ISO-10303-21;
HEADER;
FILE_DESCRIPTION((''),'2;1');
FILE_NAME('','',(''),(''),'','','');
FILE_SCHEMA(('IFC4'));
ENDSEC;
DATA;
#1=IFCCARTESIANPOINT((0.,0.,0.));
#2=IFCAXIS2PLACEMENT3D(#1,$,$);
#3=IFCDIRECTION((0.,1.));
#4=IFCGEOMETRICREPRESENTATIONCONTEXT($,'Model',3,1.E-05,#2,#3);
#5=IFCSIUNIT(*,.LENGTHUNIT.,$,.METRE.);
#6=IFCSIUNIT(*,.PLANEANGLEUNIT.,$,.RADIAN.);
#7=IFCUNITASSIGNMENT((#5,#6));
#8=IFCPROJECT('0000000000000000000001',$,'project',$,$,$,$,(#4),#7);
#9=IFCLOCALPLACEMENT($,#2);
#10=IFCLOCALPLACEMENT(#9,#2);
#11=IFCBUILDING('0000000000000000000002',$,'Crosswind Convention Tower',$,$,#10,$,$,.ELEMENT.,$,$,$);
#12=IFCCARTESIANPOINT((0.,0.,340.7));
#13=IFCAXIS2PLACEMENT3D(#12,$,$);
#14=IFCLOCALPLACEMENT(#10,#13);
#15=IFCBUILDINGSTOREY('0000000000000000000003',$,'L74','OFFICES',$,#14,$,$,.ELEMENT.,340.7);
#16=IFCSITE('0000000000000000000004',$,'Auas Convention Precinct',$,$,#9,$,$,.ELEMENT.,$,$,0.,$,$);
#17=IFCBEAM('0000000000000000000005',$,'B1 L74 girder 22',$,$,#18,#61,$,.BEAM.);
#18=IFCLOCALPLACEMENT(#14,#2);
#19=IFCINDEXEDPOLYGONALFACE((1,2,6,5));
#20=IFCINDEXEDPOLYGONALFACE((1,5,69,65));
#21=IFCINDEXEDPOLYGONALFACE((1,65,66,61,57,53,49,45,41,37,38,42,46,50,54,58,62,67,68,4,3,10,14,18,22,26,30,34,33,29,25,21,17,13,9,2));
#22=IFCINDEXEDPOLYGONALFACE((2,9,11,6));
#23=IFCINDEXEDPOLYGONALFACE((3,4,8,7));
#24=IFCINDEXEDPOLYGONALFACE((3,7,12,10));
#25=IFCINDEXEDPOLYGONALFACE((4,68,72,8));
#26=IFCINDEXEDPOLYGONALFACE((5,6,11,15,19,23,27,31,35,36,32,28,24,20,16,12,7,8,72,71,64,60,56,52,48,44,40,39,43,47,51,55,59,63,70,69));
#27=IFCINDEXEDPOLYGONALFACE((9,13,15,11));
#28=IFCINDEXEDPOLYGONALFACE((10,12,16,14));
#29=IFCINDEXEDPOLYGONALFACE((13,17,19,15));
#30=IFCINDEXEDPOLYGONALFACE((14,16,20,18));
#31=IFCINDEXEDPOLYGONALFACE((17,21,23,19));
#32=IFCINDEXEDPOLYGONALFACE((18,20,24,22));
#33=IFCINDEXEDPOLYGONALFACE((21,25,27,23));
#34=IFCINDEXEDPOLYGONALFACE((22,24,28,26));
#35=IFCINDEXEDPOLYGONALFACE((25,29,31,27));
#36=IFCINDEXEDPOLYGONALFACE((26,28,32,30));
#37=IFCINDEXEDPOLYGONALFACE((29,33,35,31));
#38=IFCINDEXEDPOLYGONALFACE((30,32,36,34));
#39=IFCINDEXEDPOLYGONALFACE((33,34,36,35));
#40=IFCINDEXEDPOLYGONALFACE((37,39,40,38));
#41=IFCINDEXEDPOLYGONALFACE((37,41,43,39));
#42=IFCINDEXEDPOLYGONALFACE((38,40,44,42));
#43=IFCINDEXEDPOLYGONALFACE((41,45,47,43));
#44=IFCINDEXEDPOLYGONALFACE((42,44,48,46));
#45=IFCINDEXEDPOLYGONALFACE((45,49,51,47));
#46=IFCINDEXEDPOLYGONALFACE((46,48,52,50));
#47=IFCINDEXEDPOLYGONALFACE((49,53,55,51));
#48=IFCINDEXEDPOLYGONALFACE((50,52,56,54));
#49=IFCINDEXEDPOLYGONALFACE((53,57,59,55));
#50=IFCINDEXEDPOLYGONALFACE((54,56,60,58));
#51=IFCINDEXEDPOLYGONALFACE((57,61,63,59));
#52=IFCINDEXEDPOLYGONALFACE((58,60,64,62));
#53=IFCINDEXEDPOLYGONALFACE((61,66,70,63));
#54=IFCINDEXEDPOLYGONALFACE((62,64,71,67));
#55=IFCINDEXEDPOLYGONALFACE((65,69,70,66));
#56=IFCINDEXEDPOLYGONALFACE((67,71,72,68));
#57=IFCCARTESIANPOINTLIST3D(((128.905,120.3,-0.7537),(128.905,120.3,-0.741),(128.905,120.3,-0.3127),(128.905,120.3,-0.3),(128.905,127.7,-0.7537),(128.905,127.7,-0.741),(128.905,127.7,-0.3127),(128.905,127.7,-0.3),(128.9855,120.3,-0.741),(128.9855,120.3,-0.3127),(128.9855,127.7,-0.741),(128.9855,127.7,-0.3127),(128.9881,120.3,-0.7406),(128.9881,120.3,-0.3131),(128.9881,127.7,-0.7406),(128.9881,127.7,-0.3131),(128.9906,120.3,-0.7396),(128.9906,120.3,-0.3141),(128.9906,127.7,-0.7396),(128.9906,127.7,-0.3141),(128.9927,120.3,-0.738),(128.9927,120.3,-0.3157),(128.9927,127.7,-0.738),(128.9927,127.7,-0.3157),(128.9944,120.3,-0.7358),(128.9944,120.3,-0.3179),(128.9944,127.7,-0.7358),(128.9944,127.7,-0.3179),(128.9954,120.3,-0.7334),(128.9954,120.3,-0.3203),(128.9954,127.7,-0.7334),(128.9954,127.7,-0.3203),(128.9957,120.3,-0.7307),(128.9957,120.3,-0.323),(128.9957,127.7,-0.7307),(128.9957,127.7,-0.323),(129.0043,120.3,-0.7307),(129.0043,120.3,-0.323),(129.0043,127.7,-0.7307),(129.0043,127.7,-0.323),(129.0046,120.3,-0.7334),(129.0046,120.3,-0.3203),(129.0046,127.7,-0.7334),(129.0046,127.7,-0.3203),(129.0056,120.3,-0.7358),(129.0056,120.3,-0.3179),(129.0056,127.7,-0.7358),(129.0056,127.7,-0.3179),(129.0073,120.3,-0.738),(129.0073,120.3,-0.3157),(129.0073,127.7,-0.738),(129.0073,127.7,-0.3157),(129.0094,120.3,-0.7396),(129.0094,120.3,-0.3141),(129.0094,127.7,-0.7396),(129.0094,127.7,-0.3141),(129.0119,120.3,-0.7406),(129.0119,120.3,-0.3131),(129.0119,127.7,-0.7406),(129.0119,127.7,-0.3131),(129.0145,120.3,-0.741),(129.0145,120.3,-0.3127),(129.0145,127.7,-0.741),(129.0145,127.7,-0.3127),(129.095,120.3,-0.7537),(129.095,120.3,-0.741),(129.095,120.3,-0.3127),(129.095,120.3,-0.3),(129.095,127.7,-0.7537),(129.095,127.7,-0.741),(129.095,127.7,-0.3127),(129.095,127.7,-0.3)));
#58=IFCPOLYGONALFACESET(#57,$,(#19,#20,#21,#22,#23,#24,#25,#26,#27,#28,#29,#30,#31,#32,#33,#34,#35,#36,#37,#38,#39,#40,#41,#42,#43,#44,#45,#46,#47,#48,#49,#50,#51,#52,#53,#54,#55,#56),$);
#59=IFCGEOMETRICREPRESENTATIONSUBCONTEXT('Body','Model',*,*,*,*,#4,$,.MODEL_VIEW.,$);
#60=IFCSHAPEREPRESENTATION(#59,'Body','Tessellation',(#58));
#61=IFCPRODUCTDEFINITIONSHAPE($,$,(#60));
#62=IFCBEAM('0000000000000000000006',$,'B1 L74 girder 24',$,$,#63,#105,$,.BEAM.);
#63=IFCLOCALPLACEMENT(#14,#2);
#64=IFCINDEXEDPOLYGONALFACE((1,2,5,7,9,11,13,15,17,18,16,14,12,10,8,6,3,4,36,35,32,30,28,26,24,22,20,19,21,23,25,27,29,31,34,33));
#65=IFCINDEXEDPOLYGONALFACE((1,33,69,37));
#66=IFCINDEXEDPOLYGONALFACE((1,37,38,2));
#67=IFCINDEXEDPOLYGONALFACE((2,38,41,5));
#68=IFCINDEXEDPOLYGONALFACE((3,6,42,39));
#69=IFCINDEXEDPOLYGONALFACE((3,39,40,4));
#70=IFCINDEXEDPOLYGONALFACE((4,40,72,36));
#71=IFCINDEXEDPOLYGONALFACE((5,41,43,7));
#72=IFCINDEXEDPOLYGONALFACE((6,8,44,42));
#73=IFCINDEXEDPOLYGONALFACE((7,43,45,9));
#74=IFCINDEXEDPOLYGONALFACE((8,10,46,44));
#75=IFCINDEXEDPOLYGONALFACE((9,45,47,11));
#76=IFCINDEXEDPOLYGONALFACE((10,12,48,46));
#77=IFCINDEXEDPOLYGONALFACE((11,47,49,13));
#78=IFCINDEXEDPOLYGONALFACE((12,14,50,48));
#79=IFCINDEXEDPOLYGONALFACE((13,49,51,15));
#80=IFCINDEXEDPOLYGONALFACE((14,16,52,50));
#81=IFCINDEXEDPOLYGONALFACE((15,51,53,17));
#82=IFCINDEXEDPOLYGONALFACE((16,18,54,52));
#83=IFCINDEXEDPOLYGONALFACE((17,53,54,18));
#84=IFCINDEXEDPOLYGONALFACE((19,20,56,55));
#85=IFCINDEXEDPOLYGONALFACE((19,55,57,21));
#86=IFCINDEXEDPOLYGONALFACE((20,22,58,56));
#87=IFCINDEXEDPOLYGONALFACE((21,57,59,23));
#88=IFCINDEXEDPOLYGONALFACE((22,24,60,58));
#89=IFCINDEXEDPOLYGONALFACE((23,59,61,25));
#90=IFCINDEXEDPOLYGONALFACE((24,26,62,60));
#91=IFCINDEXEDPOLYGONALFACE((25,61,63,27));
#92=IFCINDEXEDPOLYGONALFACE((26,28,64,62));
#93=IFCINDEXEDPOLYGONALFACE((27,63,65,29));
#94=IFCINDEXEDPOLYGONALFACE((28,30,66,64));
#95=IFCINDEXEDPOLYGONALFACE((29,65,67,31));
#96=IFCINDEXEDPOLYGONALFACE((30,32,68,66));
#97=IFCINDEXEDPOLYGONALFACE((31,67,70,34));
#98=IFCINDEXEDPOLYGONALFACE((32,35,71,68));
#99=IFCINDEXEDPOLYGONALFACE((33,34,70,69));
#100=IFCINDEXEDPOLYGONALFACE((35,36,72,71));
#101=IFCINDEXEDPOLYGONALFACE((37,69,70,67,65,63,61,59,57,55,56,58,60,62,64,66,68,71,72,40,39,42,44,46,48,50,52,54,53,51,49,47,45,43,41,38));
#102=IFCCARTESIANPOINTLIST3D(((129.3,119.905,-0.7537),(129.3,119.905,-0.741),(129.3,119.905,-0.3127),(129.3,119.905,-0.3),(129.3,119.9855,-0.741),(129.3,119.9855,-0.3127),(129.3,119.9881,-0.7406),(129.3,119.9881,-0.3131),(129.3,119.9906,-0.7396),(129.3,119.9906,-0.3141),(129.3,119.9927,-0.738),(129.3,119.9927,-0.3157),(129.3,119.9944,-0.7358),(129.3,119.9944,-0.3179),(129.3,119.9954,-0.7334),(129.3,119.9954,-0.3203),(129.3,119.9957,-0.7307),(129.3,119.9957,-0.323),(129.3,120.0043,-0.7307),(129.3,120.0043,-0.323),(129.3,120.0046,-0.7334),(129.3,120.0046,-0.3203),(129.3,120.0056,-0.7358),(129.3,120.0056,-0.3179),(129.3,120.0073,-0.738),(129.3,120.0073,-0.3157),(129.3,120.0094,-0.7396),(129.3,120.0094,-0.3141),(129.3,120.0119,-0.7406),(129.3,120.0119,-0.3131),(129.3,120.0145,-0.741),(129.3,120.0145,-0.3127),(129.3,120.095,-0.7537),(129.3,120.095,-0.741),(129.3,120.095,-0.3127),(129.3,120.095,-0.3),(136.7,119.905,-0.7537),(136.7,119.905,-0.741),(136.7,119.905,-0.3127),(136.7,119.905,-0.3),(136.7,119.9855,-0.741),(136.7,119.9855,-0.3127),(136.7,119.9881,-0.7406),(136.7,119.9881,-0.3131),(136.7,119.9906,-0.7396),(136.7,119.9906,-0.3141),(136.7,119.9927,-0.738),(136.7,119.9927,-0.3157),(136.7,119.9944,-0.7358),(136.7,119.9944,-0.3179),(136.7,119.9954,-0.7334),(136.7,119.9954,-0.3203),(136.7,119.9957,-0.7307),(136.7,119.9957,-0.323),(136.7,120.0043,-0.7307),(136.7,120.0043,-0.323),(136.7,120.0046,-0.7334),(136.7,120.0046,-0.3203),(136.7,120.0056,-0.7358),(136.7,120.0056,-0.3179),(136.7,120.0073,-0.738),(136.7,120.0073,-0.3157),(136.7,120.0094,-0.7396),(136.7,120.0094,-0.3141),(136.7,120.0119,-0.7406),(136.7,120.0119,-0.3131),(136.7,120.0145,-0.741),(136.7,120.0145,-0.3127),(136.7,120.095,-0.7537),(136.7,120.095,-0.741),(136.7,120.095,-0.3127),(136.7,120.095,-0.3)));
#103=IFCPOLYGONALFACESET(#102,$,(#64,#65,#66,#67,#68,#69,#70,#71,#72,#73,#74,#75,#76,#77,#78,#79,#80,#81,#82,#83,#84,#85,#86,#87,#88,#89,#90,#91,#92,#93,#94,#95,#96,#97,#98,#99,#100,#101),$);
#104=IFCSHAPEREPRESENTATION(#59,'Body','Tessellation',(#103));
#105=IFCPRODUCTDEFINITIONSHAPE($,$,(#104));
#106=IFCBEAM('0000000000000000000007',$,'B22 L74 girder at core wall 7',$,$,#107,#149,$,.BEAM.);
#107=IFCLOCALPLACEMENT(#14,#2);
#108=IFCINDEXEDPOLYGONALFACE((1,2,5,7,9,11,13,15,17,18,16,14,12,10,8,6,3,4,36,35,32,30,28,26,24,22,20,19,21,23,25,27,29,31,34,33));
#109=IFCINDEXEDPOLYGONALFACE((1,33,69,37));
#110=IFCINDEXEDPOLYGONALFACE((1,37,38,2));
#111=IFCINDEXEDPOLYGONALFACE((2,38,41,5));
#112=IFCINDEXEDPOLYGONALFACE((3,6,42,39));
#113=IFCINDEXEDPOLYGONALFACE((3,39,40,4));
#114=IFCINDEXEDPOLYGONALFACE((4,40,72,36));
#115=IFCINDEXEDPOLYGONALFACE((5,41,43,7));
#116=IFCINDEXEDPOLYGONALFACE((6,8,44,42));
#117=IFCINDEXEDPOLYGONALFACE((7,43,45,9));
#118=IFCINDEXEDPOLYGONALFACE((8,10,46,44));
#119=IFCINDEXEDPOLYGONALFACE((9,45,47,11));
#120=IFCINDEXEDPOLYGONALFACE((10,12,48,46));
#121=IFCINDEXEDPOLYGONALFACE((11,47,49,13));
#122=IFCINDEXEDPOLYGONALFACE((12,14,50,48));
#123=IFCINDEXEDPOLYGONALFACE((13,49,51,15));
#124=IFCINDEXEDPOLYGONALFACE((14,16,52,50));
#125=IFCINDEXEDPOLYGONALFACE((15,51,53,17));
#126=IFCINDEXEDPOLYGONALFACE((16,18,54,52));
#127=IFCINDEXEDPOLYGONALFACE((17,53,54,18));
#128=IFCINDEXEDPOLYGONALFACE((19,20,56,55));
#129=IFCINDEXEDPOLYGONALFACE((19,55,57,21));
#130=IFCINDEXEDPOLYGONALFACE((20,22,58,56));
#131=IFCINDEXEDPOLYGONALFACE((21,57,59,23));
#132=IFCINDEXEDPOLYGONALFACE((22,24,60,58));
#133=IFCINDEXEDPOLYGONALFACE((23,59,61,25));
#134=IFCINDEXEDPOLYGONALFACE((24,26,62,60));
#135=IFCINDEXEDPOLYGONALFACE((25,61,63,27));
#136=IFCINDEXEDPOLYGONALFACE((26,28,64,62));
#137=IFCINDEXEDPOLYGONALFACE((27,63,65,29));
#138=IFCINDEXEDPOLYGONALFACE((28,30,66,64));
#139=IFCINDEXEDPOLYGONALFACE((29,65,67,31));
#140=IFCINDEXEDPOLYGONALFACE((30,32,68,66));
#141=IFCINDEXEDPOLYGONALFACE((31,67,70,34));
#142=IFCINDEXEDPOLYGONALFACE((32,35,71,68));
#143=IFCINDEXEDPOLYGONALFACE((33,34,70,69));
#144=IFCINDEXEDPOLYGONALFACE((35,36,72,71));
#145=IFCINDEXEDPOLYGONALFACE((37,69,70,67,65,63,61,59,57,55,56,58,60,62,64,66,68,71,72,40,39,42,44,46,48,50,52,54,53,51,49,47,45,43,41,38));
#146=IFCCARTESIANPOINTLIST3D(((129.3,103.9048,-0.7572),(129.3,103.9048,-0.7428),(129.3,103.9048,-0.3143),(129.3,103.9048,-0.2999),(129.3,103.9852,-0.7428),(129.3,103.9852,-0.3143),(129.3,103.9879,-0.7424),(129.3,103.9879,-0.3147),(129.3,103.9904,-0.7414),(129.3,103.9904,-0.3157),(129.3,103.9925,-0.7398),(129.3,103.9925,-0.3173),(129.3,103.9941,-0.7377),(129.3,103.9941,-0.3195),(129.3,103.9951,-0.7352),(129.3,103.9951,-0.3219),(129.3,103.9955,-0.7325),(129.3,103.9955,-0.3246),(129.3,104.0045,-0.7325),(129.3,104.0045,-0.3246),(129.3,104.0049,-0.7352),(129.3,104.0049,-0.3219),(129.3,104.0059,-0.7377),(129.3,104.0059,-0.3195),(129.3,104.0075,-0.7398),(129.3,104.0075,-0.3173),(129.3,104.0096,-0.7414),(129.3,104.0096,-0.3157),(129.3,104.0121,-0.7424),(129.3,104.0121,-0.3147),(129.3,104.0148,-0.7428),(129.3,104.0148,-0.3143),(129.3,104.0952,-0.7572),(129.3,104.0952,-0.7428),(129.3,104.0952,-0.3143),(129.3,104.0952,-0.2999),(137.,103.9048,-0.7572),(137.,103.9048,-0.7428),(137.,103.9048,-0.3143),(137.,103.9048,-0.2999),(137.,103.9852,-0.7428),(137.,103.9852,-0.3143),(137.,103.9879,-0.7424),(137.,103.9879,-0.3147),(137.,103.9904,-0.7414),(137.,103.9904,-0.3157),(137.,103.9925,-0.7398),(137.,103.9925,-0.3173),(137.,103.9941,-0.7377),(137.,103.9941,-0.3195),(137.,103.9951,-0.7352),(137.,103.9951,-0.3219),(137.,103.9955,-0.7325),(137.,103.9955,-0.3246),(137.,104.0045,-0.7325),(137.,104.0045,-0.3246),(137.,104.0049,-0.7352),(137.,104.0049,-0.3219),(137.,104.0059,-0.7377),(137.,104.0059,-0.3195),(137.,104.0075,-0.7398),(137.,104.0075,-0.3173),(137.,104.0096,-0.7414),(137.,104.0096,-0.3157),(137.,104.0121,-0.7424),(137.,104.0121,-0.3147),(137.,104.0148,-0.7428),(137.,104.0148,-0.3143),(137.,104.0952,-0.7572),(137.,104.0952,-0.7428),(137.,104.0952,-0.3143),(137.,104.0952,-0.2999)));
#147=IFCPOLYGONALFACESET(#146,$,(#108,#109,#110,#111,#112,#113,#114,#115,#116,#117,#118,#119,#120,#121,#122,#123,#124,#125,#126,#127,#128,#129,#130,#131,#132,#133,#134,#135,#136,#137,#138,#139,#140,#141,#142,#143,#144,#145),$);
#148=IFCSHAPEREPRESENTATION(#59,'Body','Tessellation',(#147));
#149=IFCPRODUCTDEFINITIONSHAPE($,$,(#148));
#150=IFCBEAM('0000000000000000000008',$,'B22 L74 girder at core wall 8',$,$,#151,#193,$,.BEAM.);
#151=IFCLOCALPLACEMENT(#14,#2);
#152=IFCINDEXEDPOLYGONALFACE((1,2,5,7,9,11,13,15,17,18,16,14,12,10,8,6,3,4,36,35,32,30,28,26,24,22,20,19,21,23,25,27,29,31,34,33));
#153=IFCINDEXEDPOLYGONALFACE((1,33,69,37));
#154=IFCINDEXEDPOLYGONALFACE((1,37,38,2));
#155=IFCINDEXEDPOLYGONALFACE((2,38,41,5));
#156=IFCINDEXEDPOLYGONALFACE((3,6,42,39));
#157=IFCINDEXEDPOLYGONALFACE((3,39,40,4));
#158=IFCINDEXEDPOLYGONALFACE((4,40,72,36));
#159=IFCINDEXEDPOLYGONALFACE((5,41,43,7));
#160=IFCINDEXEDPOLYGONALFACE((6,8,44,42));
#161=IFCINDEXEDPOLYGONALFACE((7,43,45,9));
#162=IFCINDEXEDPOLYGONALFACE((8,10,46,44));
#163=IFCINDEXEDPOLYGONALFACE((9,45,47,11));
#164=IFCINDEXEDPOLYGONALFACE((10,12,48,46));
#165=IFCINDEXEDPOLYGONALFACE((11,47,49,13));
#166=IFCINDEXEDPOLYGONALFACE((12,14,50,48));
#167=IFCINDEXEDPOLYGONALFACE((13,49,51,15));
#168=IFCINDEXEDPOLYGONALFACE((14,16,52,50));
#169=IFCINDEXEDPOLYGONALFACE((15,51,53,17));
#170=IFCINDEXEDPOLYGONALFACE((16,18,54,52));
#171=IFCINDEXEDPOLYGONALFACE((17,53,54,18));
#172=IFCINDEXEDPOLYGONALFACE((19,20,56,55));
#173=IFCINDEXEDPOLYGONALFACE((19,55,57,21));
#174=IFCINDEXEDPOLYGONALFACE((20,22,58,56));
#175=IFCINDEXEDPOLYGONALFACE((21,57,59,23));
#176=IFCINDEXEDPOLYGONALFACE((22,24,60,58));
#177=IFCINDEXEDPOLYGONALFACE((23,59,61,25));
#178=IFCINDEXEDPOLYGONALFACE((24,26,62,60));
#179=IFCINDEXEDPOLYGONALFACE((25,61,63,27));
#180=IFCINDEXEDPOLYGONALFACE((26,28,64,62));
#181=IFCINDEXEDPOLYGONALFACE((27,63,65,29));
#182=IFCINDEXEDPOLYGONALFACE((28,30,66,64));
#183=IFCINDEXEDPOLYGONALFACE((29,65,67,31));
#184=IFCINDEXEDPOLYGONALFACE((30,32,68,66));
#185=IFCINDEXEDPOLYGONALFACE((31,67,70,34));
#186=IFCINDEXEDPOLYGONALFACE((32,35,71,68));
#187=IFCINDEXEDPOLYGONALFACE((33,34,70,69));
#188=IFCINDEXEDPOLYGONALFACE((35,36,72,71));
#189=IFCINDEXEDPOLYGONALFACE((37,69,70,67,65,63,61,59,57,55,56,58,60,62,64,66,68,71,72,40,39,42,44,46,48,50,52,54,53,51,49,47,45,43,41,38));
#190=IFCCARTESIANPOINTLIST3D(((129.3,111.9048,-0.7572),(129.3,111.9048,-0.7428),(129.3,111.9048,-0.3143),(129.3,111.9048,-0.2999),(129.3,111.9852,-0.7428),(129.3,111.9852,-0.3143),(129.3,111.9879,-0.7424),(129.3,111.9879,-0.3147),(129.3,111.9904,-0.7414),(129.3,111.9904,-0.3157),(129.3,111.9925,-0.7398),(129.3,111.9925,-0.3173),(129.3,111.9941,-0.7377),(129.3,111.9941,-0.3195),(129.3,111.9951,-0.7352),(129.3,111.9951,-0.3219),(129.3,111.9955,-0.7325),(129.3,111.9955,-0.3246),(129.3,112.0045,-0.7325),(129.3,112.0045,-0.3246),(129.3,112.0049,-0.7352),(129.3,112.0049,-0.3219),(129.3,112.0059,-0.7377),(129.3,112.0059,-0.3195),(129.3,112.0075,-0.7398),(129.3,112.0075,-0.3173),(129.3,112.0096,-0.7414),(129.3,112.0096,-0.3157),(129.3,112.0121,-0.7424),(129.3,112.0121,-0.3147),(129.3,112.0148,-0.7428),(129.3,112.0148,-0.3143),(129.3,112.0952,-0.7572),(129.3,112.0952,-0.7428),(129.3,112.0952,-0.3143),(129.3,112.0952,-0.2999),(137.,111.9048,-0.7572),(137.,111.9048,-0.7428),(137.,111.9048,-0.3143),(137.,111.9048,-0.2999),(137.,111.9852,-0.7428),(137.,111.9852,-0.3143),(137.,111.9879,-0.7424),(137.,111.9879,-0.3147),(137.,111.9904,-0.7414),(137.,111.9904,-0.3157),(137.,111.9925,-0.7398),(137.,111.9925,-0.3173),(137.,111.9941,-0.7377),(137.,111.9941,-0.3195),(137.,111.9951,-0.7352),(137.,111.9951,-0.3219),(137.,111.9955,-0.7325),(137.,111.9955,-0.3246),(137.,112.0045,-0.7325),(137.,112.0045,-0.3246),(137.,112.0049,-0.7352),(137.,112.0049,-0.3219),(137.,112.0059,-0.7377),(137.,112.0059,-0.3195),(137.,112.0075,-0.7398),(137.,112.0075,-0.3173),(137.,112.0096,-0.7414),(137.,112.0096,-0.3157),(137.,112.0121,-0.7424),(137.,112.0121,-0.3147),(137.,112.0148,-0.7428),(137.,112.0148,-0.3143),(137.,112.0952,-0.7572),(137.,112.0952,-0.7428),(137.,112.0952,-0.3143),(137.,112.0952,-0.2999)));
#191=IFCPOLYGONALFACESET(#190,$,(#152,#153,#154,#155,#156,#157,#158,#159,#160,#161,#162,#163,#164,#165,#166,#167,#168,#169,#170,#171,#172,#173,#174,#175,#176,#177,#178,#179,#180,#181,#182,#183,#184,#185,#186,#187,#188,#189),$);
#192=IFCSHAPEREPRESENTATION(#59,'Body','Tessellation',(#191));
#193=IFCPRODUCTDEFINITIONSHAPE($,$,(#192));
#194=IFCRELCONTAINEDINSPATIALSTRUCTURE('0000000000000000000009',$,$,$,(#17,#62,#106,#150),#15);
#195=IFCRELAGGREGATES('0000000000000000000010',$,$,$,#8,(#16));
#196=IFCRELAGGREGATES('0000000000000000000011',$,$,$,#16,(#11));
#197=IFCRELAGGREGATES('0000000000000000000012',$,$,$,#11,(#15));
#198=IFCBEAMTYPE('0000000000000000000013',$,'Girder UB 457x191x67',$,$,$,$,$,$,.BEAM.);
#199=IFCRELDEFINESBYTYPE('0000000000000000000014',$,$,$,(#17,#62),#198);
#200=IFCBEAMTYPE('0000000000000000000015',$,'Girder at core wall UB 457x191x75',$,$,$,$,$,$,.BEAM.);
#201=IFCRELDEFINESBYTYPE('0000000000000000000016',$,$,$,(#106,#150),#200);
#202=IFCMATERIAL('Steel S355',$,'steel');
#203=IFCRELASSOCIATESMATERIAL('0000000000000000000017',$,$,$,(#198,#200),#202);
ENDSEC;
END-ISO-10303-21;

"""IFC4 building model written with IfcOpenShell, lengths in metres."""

from ifc_helpers import new_model, si_unit, direction, frame, origin, origin_2d, place, context, subcontext, project, spatial, i_section, extrude, material, material_profile, profile_set, type_object, element, save


model = new_model("IFC4")

# Units and contexts
model_context = context("Model", 3, precision=1e-05, world=origin(), true_north=direction((0.0, 1.0)))
body_context = subcontext(model_context, "Body", "Model", "MODEL_VIEW")
ifc_project = project(units=[si_unit("LENGTHUNIT", "METRE"), si_unit("PLANEANGLEUNIT", "RADIAN")], contexts=[model_context])

# Site, building, storey
site_placement = place(None, origin())
site = spatial("IfcSite", under=ifc_project, at=site_placement, Name="Auas Convention Precinct", CompositionType="ELEMENT", RefElevation=0.0)
building_placement = place(site_placement, origin())
building = spatial("IfcBuilding", under=site, at=building_placement, Name="Crosswind Convention Tower", CompositionType="ELEMENT")
storey_placement = place(building_placement, frame((0.0, 0.0, 340.7)))
storey = spatial("IfcBuildingStorey", under=building, at=storey_placement, Name="L74", Description="OFFICES", CompositionType="ELEMENT", Elevation=340.7)

# Beams
ifc_material_1 = material(Name="Steel S355", Category="steel")
ifc_material_profile_1 = material_profile(ifc_material_1, i_section(OverallWidth=0.1899, OverallDepth=0.4536, WebThickness=0.0085, FlangeThickness=0.0127, FilletRadius=0.0103, at=origin_2d()), Name="UB 457x191x67")
ifc_profile_set_1 = profile_set([ifc_material_profile_1], Name="Steel S355")
beam_type_1 = type_object("IfcBeamType", Name="Girder UB 457x191x67", PredefinedType="BEAM", material=ifc_profile_set_1)
for number, where, z_axis, x_axis, name in (
    (1, (129.0, 120.3, -0.5269), (0.0, 1.0, 0.0), (-1.0, 0.0, 0.0), "B1 L74 girder 22"),
    (2, (129.3, 120.0, -0.5269), (1.0, 0.0, 0.0), (0.0, 1.0, 0.0), "B1 L74 girder 24"),
):
    element("IfcBeam", number, at=place(storey_placement, frame(where, z_axis=z_axis, x_axis=x_axis)), inside=storey, type_object=beam_type_1, Name=name, PredefinedType="BEAM", context=body_context, shape_type="SweptSolid", body=[
        extrude(i_section(OverallWidth=0.1899, OverallDepth=0.4536, WebThickness=0.0085, FlangeThickness=0.0127, FilletRadius=0.0103, at=origin_2d()), origin(), (0.0, 0.0, 1.0), 7.3999),
    ])
ifc_material_profile_2 = material_profile(ifc_material_1, i_section(OverallWidth=0.1904, OverallDepth=0.4573, WebThickness=0.009, FlangeThickness=0.0144, FilletRadius=0.0103, at=origin_2d()), Name="UB 457x191x75")
ifc_profile_set_2 = profile_set([ifc_material_profile_2], Name="Steel S355")
beam_type_2 = type_object("IfcBeamType", Name="Girder at core wall UB 457x191x75", PredefinedType="BEAM", material=ifc_profile_set_2)
for number, where, z_axis, x_axis, name in (
    (3, (129.3, 104.0, -0.5286), (1.0, 0.0, 0.0), (0.0, 1.0, 0.0), "B22 L74 girder at core wall 7"),
    (4, (129.3, 112.0, -0.5286), (1.0, 0.0, 0.0), (0.0, 1.0, 0.0), "B22 L74 girder at core wall 8"),
):
    element("IfcBeam", number, at=place(storey_placement, frame(where, z_axis=z_axis, x_axis=x_axis)), inside=storey, type_object=beam_type_2, Name=name, PredefinedType="BEAM", context=body_context, shape_type="SweptSolid", body=[
        extrude(i_section(OverallWidth=0.1904, OverallDepth=0.4573, WebThickness=0.009, FlangeThickness=0.0144, FilletRadius=0.0103, at=origin_2d()), origin(), (0.0, 0.0, 1.0), 7.7),
    ])

save(model, "model.ifc")
